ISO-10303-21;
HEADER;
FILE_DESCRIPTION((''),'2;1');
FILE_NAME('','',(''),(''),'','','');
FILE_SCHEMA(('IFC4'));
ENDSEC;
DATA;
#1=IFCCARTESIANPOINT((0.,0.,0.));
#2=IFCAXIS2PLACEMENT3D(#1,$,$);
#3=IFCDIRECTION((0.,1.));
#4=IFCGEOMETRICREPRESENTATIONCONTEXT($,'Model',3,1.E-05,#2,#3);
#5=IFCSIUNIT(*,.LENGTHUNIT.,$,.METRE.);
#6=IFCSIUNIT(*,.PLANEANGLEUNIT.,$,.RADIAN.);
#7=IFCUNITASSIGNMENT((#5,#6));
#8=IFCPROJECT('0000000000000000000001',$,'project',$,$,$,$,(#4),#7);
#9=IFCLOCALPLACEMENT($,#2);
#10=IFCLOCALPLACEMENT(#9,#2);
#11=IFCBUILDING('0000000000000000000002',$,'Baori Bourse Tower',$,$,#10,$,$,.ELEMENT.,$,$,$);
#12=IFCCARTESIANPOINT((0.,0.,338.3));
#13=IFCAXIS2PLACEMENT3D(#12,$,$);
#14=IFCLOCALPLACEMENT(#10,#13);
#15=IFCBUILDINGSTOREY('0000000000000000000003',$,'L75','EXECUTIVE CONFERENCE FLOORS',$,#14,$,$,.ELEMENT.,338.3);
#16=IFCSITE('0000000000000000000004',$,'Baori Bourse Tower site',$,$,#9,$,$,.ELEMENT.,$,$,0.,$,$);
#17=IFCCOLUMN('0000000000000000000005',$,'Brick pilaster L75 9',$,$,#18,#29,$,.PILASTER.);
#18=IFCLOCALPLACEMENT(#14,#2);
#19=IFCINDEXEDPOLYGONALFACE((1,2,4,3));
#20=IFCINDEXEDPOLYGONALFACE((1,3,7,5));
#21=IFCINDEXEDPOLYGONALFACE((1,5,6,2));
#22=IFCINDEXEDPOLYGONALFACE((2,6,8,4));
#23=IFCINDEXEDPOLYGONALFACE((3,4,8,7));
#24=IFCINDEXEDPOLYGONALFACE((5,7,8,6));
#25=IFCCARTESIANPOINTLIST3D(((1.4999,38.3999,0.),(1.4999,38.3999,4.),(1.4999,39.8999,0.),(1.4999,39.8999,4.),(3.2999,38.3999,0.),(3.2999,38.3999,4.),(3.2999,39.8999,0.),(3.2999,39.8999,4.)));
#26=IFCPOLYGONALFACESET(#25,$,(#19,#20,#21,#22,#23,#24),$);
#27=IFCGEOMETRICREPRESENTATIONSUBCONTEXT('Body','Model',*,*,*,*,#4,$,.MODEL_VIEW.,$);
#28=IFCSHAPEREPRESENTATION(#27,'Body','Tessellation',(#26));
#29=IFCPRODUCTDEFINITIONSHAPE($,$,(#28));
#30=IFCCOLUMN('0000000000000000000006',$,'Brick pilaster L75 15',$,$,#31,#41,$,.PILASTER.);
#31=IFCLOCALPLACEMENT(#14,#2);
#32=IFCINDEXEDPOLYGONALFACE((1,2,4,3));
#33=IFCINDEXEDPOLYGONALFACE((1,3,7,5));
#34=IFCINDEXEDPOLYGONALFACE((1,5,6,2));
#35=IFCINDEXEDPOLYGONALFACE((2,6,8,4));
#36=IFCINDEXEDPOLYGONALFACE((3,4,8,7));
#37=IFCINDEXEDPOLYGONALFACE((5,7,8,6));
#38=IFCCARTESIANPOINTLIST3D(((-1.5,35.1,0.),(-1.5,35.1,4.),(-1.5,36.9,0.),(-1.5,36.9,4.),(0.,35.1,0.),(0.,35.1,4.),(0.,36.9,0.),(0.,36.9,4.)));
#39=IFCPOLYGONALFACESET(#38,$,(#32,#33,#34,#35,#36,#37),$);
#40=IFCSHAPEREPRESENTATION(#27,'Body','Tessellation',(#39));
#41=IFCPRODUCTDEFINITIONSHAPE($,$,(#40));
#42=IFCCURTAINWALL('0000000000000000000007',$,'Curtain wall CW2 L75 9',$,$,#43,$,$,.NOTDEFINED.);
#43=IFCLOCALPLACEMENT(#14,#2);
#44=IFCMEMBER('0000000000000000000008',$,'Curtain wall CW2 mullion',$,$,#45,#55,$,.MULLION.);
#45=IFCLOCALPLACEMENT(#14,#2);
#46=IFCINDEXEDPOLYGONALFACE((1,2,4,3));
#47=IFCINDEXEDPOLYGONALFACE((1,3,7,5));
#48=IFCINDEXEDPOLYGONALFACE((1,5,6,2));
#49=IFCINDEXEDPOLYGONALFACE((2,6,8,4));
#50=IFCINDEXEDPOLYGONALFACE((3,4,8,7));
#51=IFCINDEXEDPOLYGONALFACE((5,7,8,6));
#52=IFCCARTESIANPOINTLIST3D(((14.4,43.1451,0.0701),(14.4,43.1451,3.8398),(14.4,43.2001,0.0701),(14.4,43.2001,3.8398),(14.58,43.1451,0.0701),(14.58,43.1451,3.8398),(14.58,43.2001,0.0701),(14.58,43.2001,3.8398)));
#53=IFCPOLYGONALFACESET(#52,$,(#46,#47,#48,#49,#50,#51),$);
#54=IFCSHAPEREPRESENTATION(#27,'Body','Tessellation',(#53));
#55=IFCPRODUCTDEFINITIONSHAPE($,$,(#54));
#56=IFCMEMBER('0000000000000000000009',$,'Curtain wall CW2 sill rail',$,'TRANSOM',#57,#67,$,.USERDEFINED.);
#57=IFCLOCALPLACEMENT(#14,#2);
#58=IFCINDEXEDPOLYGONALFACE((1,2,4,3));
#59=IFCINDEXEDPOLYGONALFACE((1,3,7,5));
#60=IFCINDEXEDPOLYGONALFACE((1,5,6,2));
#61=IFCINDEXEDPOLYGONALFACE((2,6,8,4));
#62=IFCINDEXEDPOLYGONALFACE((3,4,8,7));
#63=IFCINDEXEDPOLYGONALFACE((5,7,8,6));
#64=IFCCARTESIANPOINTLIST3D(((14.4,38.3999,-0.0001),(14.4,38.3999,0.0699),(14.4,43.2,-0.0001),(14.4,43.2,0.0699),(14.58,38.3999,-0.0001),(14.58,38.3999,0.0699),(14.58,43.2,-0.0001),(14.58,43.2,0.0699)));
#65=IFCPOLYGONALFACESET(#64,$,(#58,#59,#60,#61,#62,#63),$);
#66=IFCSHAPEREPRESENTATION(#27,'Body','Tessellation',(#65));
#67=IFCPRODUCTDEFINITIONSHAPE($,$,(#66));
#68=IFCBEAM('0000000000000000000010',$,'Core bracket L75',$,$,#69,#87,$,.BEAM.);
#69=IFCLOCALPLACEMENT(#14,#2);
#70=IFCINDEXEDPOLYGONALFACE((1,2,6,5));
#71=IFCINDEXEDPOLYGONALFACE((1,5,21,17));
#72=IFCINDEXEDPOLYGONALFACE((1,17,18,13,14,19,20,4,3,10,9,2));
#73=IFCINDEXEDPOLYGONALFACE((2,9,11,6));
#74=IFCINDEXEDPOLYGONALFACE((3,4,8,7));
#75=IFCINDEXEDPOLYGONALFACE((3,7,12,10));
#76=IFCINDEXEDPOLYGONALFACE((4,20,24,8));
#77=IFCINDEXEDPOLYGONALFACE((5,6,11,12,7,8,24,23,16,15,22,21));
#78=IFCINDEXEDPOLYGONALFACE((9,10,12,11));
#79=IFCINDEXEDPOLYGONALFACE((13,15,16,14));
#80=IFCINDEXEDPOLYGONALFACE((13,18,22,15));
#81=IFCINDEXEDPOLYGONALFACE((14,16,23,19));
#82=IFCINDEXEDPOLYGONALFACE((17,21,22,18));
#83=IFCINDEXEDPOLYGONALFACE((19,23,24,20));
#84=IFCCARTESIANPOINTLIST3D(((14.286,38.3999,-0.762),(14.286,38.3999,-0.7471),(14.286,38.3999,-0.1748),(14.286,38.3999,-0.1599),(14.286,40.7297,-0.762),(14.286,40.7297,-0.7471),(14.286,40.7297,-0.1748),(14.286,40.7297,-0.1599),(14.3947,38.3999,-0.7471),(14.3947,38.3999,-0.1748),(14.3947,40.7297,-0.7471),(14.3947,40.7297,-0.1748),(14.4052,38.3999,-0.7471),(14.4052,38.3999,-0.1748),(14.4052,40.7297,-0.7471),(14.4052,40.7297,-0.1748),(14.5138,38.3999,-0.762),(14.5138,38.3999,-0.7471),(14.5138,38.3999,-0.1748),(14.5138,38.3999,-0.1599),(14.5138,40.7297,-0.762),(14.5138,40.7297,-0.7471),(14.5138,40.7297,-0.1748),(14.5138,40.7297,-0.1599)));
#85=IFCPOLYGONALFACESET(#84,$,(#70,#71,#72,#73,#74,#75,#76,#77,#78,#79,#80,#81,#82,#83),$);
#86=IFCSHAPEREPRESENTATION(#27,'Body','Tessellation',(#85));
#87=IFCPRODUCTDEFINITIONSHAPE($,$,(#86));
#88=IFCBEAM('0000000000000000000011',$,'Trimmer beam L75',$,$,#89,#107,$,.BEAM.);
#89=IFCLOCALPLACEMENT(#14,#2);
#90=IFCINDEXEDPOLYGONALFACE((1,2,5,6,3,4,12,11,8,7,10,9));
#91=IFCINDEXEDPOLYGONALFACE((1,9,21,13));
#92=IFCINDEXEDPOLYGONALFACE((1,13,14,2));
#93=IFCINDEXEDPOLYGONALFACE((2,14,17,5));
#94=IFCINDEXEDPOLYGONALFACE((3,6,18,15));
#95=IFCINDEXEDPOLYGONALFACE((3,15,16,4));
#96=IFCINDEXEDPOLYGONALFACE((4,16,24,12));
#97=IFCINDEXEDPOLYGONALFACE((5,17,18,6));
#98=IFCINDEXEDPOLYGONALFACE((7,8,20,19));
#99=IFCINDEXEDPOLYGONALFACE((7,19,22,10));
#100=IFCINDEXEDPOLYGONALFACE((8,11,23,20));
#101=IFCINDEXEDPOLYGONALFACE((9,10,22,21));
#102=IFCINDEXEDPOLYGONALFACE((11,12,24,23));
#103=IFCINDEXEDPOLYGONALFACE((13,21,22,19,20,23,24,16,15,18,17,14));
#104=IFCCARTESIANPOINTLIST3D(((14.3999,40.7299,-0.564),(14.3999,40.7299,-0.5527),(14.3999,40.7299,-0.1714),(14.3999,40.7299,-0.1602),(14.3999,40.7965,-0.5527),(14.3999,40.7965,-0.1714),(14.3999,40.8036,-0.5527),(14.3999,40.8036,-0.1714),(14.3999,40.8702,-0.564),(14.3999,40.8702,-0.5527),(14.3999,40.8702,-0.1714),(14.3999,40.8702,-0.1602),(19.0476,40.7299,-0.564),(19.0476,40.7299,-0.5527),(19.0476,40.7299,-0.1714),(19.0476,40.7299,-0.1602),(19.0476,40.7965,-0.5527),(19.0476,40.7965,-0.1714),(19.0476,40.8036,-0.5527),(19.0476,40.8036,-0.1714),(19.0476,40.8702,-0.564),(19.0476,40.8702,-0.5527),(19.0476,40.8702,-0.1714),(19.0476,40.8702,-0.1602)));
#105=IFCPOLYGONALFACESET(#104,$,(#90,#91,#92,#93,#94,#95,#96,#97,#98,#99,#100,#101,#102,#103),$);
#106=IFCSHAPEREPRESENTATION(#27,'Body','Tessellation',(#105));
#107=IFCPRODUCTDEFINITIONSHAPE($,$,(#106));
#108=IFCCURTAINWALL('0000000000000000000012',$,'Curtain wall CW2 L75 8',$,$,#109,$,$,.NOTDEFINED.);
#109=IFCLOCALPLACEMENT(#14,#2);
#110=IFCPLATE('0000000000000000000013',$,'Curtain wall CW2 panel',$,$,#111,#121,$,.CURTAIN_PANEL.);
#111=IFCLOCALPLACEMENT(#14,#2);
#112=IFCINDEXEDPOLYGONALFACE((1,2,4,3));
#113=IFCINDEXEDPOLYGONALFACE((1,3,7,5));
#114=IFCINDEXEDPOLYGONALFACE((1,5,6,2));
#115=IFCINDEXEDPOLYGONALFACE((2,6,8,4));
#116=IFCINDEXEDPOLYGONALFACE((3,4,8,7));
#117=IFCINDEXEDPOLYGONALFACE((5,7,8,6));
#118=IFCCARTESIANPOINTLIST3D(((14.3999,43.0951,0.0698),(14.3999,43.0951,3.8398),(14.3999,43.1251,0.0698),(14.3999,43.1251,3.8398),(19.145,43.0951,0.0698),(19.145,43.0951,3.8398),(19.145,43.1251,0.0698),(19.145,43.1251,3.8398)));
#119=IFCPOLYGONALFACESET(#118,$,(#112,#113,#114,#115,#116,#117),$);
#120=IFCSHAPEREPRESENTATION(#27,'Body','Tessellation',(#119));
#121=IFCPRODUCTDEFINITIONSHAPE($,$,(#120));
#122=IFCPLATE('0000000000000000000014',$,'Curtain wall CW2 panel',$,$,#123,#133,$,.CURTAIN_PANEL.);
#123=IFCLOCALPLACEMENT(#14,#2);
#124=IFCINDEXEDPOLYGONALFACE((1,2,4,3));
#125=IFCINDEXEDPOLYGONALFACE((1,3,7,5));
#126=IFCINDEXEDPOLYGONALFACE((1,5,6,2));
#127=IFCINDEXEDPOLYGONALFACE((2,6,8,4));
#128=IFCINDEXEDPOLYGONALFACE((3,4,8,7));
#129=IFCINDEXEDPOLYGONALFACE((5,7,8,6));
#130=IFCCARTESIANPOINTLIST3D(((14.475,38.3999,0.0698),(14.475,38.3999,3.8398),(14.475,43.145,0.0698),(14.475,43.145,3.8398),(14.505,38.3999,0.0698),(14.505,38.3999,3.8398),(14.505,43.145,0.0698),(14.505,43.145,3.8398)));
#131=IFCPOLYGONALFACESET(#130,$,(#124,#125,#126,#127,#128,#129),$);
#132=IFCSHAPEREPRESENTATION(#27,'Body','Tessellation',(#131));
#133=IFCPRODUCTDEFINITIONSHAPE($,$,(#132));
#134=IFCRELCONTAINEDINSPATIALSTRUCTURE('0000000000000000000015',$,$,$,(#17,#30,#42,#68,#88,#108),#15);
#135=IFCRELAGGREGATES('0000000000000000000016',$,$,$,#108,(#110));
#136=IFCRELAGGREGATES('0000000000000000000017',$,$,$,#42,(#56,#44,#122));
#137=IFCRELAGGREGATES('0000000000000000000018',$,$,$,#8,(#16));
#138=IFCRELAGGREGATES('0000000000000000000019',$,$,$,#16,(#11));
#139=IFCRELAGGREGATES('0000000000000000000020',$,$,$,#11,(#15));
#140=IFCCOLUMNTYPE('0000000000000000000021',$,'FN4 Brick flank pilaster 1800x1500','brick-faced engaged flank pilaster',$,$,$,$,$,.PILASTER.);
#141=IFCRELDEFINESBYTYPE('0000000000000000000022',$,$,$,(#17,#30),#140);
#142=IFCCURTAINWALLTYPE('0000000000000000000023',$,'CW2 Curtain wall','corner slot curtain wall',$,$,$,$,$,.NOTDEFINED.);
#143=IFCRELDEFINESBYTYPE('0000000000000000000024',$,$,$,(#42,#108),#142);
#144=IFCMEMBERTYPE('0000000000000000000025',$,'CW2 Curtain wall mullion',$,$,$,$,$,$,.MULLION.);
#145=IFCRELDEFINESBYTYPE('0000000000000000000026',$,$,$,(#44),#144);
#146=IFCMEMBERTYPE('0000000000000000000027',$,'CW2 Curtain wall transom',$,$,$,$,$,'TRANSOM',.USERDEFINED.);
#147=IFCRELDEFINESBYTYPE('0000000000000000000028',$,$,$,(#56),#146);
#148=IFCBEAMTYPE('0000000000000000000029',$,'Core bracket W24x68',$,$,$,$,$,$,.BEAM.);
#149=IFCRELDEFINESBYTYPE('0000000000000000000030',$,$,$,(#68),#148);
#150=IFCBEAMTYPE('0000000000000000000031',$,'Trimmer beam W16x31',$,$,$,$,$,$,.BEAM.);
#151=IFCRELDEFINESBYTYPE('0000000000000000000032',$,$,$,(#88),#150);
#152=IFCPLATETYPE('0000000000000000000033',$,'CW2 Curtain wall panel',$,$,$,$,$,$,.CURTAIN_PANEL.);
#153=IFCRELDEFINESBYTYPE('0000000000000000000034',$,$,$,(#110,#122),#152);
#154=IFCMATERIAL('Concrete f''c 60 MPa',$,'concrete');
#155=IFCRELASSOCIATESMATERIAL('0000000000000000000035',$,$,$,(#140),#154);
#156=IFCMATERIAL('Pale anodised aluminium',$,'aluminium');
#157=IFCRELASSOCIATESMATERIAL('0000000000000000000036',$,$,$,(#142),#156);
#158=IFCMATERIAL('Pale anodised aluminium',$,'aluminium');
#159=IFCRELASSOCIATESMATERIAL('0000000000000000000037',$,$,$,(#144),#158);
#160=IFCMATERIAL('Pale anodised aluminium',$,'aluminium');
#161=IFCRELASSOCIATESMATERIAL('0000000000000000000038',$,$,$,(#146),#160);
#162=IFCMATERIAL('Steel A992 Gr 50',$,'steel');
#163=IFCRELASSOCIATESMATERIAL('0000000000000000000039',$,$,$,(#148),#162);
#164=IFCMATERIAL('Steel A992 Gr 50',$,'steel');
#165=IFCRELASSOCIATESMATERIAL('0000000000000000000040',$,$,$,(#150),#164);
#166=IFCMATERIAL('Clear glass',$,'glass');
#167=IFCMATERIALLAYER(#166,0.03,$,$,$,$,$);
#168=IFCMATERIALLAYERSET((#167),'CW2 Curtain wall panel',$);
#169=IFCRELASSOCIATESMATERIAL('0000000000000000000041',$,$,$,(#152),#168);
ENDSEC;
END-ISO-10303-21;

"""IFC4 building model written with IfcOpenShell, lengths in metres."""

from ifc_helpers import new_model, si_unit, direction, frame, origin, origin_2d, place, context, subcontext, project, spatial, rectangle, i_section, extrude, material, layer, layer_set, material_profile, profile_set, type_object, element, aggregate, save


model = new_model("IFC4")

# Units and contexts
model_context = context("Model", 3, precision=1e-05, world=origin(), true_north=direction((0.0, 1.0)))
body_context = subcontext(model_context, "Body", "Model", "MODEL_VIEW")
ifc_project = project(units=[si_unit("LENGTHUNIT", "METRE"), si_unit("PLANEANGLEUNIT", "RADIAN")], contexts=[model_context])

# Site, building, storey
site_placement = place(None, origin())
site = spatial("IfcSite", under=ifc_project, at=site_placement, Name="Baori Bourse Tower site", CompositionType="ELEMENT", RefElevation=0.0)
building_placement = place(site_placement, origin())
building = spatial("IfcBuilding", under=site, at=building_placement, Name="Baori Bourse Tower", CompositionType="ELEMENT")
storey_placement = place(building_placement, frame((0.0, 0.0, 338.3)))
storey = spatial("IfcBuildingStorey", under=building, at=storey_placement, Name="L75", Description="EXECUTIVE CONFERENCE FLOORS", CompositionType="ELEMENT", Elevation=338.3)

# Columns
ifc_material_1 = material(Name="Concrete f'c 60 MPa", Category="concrete")
ifc_material_profile_1 = material_profile(ifc_material_1, rectangle(XDim=1.8, YDim=1.5, at=origin_2d()), Name="RC 1800x1500")
ifc_profile_set_1 = profile_set([ifc_material_profile_1], Name="Concrete f'c 60 MPa")
column_type = type_object("IfcColumnType", Name="FN4 Brick flank pilaster 1800x1500", Description="brick-faced engaged flank pilaster", PredefinedType="PILASTER", material=ifc_profile_set_1)
for number, where, z_axis, x_axis, name in (
    (1, (2.3999, 39.1499, 0.0), (0.0, 0.0, 1.0), (1.0, 0.0, 0.0), "Brick pilaster L75 9"),
    (2, (-0.75, 36.0, 0.0), (0.0, 0.0, 1.0), (0.0, 1.0, 0.0), "Brick pilaster L75 15"),
):
    element("IfcColumn", number, at=place(storey_placement, frame(where, z_axis=z_axis, x_axis=x_axis)), inside=storey, type_object=column_type, Name=name, PredefinedType="PILASTER", context=body_context, shape_type="SweptSolid", body=[
        extrude(rectangle(XDim=1.8, YDim=1.5, at=origin_2d()), origin(), (0.0, 0.0, 1.0), 4.0),
    ])

# Curtain wall, members
ifc_material_2 = material(Name="Pale anodised aluminium", Category="aluminium")
curtain_wall_type = type_object("IfcCurtainWallType", Name="CW2 Curtain wall", Description="corner slot curtain wall", PredefinedType="NOTDEFINED", material=ifc_material_2)
curtain_wall_1_placement = place(storey_placement, origin())
curtain_wall_1 = element("IfcCurtainWall", 3, at=curtain_wall_1_placement, inside=storey, type_object=curtain_wall_type, Name="Curtain wall CW2 L75 9", PredefinedType="NOTDEFINED")
ifc_material_3 = material(Name="Pale anodised aluminium", Category="aluminium")
ifc_material_profile_2 = material_profile(ifc_material_3, rectangle(XDim=0.1799, YDim=0.0549, at=origin_2d()), Name="Mullion 55x180")
ifc_profile_set_2 = profile_set([ifc_material_profile_2], Name="Pale anodised aluminium")
member_type_1 = type_object("IfcMemberType", Name="CW2 Curtain wall mullion", PredefinedType="MULLION", material=ifc_profile_set_2)
member_1_placement = place(storey_placement, frame((14.49, 43.1726, 0.0701), z_axis=(0.0, 0.0, 1.0), x_axis=(1.0, 0.0, 0.0)))
member_1 = element("IfcMember", 4, at=member_1_placement, type_object=member_type_1, Name="Curtain wall CW2 mullion", PredefinedType="MULLION", context=body_context, shape_type="SweptSolid", body=[
    extrude(rectangle(XDim=0.1799, YDim=0.0549, at=origin_2d()), origin(), (0.0, 0.0, 1.0), 3.7698),
])
ifc_material_4 = material(Name="Pale anodised aluminium", Category="aluminium")
ifc_material_profile_3 = material_profile(ifc_material_4, rectangle(XDim=0.1799, YDim=0.0701, at=origin_2d()), Name="Transom 70x180")
ifc_profile_set_3 = profile_set([ifc_material_profile_3], Name="Pale anodised aluminium")
member_type_2 = type_object("IfcMemberType", Name="CW2 Curtain wall transom", ElementType="TRANSOM", PredefinedType="USERDEFINED", material=ifc_profile_set_3)
member_2_placement = place(storey_placement, frame((14.49, 43.2, 0.0349), z_axis=(0.0, -1.0, 0.0), x_axis=(1.0, 0.0, 0.0)))
member_2 = element("IfcMember", 5, at=member_2_placement, type_object=member_type_2, Name="Curtain wall CW2 sill rail", ObjectType="TRANSOM", PredefinedType="USERDEFINED", context=body_context, shape_type="SweptSolid", body=[
    extrude(rectangle(XDim=0.1799, YDim=0.0701, at=origin_2d()), origin(), (0.0, 0.0, 1.0), 4.8),
])

# Beams
ifc_material_5 = material(Name="Steel A992 Gr 50", Category="steel")
ifc_material_profile_4 = material_profile(ifc_material_5, i_section(OverallWidth=0.2278, OverallDepth=0.6021, WebThickness=0.0105, FlangeThickness=0.0149, at=origin_2d()), Name="W24x68")
ifc_profile_set_4 = profile_set([ifc_material_profile_4], Name="Steel A992 Gr 50")
beam_type_1 = type_object("IfcBeamType", Name="Core bracket W24x68", PredefinedType="BEAM", material=ifc_profile_set_4)
beam_1_placement = place(storey_placement, frame((14.3999, 38.3999, -0.4609), z_axis=(0.0, 1.0, 0.0), x_axis=(-1.0, 0.0, 0.0)))
element("IfcBeam", 6, at=beam_1_placement, inside=storey, type_object=beam_type_1, Name="Core bracket L75", PredefinedType="BEAM", context=body_context, shape_type="SweptSolid", body=[
    extrude(i_section(OverallWidth=0.2278, OverallDepth=0.6021, WebThickness=0.0105, FlangeThickness=0.0149, at=origin_2d()), origin(), (0.0, 0.0, 1.0), 2.3298),
])
ifc_material_6 = material(Name="Steel A992 Gr 50", Category="steel")
ifc_material_profile_5 = material_profile(ifc_material_6, i_section(OverallWidth=0.1404, OverallDepth=0.4038, WebThickness=0.0071, FlangeThickness=0.0112, at=origin_2d()), Name="W16x31")
ifc_profile_set_5 = profile_set([ifc_material_profile_5], Name="Steel A992 Gr 50")
beam_type_2 = type_object("IfcBeamType", Name="Trimmer beam W16x31", PredefinedType="BEAM", material=ifc_profile_set_5)
beam_2_placement = place(storey_placement, frame((14.3999, 40.8, -0.3621), z_axis=(1.0, 0.0, 0.0), x_axis=(0.0, 1.0, 0.0)))
element("IfcBeam", 7, at=beam_2_placement, inside=storey, type_object=beam_type_2, Name="Trimmer beam L75", PredefinedType="BEAM", context=body_context, shape_type="SweptSolid", body=[
    extrude(i_section(OverallWidth=0.1404, OverallDepth=0.4038, WebThickness=0.0071, FlangeThickness=0.0112, at=origin_2d()), origin(), (0.0, 0.0, 1.0), 4.6477),
])

# Curtain wall, plate
curtain_wall_2_placement = place(storey_placement, origin())
curtain_wall_2 = element("IfcCurtainWall", 8, at=curtain_wall_2_placement, inside=storey, type_object=curtain_wall_type, Name="Curtain wall CW2 L75 8", PredefinedType="NOTDEFINED")
ifc_material_7 = material(Name="Clear glass", Category="glass")
ifc_layer_1 = layer(ifc_material_7, 0.03)
ifc_layer_set_1 = layer_set([ifc_layer_1], Name="CW2 Curtain wall panel")
plate_type = type_object("IfcPlateType", Name="CW2 Curtain wall panel", PredefinedType="CURTAIN_PANEL", material=ifc_layer_set_1)
plate_1_placement = place(storey_placement, frame((16.7725, 43.1101, 0.0698), z_axis=(0.0, 0.0, 1.0), x_axis=(-1.0, 0.0, 0.0)))
plate_1 = element("IfcPlate", 9, at=plate_1_placement, type_object=plate_type, Name="Curtain wall CW2 panel", PredefinedType="CURTAIN_PANEL", context=body_context, shape_type="SweptSolid", body=[
    extrude(rectangle(XDim=4.7451, YDim=0.03, at=origin_2d()), origin(), (0.0, 0.0, 1.0), 3.77),
])
aggregate(curtain_wall_2, [plate_1])

# Plate
plate_2_placement = place(storey_placement, frame((14.49, 40.7725, 0.0698), z_axis=(0.0, 0.0, 1.0), x_axis=(0.0, -1.0, 0.0)))
plate_2 = element("IfcPlate", 10, at=plate_2_placement, type_object=plate_type, Name="Curtain wall CW2 panel", PredefinedType="CURTAIN_PANEL", context=body_context, shape_type="SweptSolid", body=[
    extrude(rectangle(XDim=4.7451, YDim=0.03, at=origin_2d()), origin(), (0.0, 0.0, 1.0), 3.77),
])
aggregate(curtain_wall_1, [member_2, member_1, plate_2])

save(model, "model.ifc")
